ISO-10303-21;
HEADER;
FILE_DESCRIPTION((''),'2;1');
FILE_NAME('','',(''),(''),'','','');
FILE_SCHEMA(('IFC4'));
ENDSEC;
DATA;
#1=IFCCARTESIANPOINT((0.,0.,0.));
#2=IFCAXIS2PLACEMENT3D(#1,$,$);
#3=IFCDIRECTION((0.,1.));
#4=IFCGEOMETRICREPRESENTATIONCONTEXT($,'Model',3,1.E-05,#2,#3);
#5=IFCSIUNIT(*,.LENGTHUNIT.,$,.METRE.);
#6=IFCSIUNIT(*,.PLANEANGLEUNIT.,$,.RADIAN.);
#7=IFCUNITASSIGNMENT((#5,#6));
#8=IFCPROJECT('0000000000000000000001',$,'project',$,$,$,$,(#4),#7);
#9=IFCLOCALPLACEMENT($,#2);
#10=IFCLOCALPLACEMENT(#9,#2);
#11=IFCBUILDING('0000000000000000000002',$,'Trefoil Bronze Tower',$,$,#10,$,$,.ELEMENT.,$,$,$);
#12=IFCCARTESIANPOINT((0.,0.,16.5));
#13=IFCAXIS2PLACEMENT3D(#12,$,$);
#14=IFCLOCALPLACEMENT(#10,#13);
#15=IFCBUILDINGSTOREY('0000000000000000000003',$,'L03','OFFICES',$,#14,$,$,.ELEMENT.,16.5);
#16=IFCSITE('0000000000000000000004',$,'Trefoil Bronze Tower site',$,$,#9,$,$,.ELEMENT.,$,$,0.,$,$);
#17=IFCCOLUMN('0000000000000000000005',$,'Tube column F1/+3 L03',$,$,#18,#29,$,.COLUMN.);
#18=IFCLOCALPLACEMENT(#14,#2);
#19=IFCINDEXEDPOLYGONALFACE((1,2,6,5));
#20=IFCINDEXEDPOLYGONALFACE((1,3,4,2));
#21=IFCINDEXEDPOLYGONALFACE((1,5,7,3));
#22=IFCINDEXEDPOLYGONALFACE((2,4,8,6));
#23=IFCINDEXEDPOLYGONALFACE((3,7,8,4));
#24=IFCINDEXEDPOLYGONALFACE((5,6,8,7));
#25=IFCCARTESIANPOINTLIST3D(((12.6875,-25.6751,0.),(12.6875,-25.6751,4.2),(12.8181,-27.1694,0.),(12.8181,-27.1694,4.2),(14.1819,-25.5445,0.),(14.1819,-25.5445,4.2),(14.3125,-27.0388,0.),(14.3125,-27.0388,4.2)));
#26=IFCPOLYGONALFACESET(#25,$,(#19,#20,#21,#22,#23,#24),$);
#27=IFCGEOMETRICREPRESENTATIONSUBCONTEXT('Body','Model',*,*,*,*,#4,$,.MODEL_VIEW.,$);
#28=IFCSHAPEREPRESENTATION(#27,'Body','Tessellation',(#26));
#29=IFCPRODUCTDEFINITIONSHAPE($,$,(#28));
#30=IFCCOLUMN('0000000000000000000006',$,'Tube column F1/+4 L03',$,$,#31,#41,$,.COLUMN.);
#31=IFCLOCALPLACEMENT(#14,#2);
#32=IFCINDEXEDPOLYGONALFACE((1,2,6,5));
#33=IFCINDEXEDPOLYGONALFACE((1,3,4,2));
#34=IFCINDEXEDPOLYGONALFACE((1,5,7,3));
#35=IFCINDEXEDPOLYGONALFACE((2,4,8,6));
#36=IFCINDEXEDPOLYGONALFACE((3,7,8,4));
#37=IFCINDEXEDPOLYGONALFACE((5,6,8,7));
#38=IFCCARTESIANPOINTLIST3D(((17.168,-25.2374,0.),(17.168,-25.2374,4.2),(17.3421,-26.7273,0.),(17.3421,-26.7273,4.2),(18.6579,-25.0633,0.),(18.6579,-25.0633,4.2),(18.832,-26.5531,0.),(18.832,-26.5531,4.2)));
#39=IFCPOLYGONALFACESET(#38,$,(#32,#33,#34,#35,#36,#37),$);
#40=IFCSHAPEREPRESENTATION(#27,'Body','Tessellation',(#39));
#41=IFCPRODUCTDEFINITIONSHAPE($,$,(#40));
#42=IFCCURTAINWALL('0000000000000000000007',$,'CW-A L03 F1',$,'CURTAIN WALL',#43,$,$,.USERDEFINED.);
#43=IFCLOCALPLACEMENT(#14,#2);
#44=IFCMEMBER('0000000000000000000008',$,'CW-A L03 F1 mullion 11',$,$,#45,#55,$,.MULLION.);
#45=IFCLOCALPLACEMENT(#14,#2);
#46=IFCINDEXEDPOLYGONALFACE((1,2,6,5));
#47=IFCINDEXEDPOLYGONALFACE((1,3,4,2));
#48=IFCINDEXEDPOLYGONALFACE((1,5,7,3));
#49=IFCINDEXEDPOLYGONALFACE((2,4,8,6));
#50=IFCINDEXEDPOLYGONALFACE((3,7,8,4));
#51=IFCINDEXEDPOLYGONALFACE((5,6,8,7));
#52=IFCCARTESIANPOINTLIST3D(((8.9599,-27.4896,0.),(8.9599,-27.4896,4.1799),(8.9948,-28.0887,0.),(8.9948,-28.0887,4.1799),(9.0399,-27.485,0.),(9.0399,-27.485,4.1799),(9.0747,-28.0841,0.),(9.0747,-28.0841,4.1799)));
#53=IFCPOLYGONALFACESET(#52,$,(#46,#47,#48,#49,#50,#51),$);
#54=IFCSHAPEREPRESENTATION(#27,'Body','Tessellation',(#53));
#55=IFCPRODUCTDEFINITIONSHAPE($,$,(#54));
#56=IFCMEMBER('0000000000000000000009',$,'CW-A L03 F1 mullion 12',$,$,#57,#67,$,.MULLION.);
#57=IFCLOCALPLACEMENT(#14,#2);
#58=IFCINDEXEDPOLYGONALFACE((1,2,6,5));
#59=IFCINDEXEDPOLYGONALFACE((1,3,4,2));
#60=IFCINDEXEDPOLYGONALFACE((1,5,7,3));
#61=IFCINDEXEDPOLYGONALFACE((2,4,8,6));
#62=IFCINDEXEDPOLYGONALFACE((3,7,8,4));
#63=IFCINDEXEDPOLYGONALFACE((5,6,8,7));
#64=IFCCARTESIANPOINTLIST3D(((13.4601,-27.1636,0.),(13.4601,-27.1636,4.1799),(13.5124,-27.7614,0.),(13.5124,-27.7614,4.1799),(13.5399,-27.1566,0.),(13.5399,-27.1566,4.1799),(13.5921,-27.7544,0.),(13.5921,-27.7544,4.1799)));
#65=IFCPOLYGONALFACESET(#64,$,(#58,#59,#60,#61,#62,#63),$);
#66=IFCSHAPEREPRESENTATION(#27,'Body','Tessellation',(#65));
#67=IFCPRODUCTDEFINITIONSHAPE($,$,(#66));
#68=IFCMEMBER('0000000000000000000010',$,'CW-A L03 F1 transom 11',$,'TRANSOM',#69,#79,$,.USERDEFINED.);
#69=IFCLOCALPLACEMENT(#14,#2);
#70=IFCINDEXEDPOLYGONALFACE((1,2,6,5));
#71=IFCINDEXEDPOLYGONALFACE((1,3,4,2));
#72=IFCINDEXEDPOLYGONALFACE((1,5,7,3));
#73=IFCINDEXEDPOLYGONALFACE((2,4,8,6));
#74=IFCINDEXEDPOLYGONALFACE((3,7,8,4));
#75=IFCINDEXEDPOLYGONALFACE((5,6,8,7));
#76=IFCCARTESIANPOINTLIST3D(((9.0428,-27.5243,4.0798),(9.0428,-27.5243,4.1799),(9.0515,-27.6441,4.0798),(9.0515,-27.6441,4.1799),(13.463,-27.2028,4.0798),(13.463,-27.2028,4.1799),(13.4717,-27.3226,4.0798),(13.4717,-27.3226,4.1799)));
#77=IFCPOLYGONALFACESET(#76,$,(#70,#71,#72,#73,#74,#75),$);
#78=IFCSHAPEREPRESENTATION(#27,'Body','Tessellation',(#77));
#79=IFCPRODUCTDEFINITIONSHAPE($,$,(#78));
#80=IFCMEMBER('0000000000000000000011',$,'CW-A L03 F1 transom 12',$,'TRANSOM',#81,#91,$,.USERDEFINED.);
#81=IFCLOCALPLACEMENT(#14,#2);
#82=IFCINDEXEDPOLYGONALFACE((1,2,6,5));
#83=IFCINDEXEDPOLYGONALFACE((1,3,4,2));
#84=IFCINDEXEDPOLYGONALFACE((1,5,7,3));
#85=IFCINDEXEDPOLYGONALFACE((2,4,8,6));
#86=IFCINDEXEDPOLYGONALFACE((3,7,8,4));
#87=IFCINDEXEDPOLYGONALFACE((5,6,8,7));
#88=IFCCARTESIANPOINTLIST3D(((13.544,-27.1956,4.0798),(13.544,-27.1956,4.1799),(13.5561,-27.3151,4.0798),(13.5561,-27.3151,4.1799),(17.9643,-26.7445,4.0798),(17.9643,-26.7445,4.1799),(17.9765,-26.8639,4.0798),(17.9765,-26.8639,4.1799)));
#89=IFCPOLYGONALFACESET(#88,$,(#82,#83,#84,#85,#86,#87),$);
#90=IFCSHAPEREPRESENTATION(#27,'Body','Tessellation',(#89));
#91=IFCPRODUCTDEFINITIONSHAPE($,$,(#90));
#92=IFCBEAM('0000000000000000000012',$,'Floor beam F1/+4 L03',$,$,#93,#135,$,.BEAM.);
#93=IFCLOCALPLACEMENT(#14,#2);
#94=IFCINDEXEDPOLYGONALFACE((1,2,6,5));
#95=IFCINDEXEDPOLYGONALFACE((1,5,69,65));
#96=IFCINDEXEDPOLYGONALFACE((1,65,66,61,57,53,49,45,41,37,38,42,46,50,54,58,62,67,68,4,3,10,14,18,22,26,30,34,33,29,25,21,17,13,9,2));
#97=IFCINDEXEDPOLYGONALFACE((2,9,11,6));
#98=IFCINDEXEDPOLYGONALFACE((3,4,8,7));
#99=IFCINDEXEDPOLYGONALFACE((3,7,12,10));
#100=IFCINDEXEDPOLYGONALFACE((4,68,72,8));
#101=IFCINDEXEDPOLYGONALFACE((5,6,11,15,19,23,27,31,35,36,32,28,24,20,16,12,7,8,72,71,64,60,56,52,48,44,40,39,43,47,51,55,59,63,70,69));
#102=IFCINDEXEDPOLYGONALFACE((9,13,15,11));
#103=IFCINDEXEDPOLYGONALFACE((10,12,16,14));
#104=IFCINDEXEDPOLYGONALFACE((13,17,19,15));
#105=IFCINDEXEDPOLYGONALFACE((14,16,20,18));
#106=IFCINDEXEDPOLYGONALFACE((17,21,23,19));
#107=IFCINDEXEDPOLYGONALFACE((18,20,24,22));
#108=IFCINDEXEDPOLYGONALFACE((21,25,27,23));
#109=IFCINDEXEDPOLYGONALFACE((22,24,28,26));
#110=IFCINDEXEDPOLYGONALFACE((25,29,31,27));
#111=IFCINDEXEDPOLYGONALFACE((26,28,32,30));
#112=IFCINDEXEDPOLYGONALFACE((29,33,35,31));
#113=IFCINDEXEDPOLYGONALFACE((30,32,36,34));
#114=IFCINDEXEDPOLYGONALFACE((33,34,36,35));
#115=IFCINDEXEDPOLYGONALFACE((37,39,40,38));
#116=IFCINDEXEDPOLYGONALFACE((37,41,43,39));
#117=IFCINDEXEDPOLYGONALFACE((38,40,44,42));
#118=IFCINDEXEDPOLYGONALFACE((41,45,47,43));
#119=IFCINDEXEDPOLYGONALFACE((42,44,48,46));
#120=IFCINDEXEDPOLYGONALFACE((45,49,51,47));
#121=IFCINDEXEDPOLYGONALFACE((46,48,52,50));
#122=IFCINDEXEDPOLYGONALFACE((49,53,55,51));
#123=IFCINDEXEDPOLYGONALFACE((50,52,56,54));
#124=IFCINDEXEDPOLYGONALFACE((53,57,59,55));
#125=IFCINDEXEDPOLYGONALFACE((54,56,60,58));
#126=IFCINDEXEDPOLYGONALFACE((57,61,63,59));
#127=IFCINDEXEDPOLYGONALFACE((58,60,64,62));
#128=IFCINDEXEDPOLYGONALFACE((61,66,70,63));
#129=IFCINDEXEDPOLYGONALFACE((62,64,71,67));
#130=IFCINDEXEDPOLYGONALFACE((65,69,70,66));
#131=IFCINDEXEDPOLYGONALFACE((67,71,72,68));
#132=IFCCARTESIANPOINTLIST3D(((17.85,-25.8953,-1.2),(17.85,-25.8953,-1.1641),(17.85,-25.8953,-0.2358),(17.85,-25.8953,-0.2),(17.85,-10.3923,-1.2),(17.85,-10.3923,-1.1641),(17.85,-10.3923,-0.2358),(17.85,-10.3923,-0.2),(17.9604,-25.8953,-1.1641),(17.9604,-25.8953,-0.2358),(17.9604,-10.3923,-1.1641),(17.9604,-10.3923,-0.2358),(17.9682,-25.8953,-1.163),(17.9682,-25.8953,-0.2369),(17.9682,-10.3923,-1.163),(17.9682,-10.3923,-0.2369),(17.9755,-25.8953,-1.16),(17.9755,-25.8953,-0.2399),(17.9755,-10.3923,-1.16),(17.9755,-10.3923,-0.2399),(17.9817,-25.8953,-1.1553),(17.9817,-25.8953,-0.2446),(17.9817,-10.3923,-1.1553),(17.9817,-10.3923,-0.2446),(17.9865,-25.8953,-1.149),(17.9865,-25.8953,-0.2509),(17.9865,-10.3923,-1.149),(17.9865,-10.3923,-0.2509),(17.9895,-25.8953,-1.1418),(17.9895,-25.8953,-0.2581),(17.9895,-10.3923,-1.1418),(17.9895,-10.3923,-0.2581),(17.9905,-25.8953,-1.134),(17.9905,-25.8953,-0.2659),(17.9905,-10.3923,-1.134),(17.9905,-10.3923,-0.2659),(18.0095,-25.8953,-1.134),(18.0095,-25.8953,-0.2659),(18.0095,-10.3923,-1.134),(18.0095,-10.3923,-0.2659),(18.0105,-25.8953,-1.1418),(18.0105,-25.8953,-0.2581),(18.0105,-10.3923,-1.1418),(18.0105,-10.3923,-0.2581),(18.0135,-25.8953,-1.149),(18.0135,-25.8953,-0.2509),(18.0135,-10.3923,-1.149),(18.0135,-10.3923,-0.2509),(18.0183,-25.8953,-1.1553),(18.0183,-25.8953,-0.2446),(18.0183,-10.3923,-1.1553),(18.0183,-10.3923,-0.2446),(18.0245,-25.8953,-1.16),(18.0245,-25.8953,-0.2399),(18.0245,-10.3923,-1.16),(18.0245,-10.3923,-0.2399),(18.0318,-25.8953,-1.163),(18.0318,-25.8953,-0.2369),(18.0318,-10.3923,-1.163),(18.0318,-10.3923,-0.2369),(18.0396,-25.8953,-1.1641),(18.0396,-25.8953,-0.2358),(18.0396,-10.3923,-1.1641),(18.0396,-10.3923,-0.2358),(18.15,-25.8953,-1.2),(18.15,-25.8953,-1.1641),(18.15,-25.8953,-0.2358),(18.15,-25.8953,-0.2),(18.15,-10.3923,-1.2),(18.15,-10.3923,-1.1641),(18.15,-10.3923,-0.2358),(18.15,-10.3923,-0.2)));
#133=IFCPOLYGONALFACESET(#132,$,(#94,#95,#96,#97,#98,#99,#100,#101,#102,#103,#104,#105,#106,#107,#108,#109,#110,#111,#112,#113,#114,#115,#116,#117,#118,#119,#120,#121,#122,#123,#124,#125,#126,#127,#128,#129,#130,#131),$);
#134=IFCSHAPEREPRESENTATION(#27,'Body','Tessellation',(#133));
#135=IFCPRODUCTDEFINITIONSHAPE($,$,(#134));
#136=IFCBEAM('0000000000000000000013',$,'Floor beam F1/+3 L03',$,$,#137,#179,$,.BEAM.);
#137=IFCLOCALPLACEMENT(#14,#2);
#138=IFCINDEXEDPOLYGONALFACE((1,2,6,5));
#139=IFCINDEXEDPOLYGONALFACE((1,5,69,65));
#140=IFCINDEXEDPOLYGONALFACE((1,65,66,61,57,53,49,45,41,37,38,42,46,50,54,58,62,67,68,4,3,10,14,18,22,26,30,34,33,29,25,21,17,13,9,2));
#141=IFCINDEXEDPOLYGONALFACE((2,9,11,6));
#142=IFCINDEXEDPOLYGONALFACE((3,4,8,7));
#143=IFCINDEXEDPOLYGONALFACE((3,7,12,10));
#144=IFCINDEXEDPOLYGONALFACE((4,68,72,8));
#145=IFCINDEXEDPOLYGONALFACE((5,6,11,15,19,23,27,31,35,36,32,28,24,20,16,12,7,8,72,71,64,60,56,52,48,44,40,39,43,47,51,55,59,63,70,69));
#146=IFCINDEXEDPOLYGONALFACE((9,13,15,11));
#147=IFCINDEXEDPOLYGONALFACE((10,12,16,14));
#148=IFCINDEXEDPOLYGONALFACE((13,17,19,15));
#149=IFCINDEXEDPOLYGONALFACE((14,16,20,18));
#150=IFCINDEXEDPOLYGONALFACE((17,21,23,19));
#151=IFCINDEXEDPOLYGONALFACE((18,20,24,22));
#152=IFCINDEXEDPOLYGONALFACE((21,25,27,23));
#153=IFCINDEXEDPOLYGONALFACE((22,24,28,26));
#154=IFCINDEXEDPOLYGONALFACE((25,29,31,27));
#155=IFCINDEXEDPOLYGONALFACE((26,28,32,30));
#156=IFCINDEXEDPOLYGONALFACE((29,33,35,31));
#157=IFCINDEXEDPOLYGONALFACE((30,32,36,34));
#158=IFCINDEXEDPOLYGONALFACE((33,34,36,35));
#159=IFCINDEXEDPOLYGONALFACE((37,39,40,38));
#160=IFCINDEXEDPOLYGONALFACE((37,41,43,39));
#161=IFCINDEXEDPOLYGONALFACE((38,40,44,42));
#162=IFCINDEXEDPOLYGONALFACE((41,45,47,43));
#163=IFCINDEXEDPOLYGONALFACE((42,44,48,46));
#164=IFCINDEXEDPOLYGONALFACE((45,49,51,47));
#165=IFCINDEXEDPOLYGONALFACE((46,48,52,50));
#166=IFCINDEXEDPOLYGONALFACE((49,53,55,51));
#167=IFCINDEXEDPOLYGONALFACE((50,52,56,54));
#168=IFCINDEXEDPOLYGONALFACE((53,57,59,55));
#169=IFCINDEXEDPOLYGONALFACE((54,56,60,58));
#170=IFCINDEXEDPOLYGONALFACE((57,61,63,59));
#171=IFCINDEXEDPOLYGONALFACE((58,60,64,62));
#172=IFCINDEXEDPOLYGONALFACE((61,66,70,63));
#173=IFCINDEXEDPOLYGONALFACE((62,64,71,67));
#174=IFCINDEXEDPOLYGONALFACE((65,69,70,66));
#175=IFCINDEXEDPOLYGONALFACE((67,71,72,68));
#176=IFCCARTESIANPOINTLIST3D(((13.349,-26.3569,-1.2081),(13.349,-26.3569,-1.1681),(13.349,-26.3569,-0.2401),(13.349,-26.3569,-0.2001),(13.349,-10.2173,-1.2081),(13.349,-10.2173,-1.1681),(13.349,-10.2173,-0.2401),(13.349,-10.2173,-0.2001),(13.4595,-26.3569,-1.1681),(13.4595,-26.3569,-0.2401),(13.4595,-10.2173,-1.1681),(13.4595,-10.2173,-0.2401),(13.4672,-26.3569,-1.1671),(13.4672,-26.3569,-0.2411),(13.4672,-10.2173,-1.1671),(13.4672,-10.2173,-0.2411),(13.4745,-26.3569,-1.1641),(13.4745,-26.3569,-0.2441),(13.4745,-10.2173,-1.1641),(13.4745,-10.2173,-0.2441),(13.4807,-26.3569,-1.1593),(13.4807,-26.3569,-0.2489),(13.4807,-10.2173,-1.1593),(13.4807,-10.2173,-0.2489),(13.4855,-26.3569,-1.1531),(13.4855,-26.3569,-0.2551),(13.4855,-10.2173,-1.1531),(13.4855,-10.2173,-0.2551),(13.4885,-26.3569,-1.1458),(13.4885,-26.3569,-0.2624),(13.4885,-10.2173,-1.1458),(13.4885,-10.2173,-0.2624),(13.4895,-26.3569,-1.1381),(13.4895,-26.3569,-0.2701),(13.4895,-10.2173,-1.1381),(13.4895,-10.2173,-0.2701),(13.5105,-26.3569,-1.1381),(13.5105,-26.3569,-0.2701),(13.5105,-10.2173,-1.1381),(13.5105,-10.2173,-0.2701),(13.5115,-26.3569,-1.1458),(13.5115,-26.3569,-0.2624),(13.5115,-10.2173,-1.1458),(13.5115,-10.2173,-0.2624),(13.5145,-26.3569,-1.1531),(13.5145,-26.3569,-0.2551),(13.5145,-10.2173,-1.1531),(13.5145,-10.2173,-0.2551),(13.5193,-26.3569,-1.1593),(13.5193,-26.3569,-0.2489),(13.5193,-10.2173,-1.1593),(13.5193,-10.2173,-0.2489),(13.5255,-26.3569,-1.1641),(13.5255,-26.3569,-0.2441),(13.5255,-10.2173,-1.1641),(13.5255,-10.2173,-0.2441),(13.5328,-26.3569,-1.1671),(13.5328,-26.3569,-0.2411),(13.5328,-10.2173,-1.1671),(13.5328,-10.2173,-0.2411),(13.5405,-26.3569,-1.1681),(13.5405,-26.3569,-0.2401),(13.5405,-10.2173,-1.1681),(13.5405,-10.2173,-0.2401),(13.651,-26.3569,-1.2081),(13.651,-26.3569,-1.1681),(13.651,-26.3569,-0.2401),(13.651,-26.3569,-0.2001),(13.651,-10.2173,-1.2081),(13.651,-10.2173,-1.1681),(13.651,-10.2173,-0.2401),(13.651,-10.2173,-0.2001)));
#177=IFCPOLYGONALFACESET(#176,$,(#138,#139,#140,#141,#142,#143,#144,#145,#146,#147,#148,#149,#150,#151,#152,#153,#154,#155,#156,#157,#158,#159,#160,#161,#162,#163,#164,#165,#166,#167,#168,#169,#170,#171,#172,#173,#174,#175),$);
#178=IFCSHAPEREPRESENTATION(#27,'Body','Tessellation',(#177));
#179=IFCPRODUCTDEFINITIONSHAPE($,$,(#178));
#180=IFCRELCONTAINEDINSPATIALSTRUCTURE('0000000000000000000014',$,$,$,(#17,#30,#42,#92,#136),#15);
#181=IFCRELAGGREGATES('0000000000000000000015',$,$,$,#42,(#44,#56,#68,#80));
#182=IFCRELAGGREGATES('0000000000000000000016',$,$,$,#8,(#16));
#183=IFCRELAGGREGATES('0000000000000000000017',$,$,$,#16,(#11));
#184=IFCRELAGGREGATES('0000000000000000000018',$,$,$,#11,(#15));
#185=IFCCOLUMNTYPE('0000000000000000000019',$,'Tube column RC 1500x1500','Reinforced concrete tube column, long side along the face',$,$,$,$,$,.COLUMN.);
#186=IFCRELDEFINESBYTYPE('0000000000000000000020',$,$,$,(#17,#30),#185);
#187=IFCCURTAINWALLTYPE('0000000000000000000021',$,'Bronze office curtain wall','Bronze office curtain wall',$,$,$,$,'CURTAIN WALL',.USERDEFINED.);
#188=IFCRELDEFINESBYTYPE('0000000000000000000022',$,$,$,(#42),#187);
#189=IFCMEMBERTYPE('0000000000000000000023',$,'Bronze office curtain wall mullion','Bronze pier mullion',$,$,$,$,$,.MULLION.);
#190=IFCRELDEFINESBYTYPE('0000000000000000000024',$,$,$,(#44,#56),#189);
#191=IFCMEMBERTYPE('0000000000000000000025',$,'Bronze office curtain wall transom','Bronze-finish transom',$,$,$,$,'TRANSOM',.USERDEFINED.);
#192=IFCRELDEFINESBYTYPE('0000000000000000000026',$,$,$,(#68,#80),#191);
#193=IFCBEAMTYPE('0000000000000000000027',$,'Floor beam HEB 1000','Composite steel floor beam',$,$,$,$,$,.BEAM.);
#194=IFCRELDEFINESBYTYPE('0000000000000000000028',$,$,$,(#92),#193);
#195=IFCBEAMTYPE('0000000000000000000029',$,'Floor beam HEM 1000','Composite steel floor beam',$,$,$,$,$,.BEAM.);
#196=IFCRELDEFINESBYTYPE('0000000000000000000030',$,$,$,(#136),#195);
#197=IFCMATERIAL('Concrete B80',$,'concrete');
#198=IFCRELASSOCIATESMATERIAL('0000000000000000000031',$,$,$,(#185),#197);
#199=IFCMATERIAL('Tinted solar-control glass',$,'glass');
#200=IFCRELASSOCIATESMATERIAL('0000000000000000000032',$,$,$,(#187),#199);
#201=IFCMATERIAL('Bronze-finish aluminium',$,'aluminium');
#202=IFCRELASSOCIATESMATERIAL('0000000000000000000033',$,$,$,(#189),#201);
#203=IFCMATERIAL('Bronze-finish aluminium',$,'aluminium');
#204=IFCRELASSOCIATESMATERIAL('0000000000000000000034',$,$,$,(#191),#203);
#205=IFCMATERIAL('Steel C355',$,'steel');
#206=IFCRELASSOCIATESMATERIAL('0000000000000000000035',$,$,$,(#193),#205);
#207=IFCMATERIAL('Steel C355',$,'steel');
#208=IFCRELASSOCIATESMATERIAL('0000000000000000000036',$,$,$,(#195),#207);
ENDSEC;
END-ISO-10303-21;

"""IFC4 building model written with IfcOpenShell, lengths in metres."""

from ifc_helpers import new_model, si_unit, direction, frame, origin, origin_2d, place, context, subcontext, project, spatial, rectangle, i_section, extrude, material, material_profile, profile_set, type_object, element, aggregate, save


model = new_model("IFC4")

# Units and contexts
model_context = context("Model", 3, precision=1e-05, world=origin(), true_north=direction((0.0, 1.0)))
body_context = subcontext(model_context, "Body", "Model", "MODEL_VIEW")
ifc_project = project(units=[si_unit("LENGTHUNIT", "METRE"), si_unit("PLANEANGLEUNIT", "RADIAN")], contexts=[model_context])

# Site, building, storey
site_placement = place(None, origin())
site = spatial("IfcSite", under=ifc_project, at=site_placement, Name="Trefoil Bronze Tower site", CompositionType="ELEMENT", RefElevation=0.0)
building_placement = place(site_placement, origin())
building = spatial("IfcBuilding", under=site, at=building_placement, Name="Trefoil Bronze Tower", CompositionType="ELEMENT")
storey_placement = place(building_placement, frame((0.0, 0.0, 16.5)))
storey = spatial("IfcBuildingStorey", under=building, at=storey_placement, Name="L03", Description="OFFICES", CompositionType="ELEMENT", Elevation=16.5)

# Columns
ifc_material_1 = material(Name="Concrete B80", Category="concrete")
ifc_material_profile_1 = material_profile(ifc_material_1, rectangle(XDim=1.5, YDim=1.5, at=origin_2d()), Name="RC 1500x1500")
ifc_profile_set_1 = profile_set([ifc_material_profile_1], Name="Concrete B80")
column_type = type_object("IfcColumnType", Name="Tube column RC 1500x1500", Description="Reinforced concrete tube column, long side along the face", PredefinedType="COLUMN", material=ifc_profile_set_1)
for number, where, z_axis, x_axis, name in (
    (1, (13.5, -26.3569, 0.0), (0.0, 0.0, 1.0), (0.996203, 0.087065, 0.0), "Tube column F1/+3 L03"),
    (2, (18.0, -25.8953, 0.0), (0.0, 0.0, 1.0), (0.993239, 0.116087, 0.0), "Tube column F1/+4 L03"),
):
    element("IfcColumn", number, at=place(storey_placement, frame(where, z_axis=z_axis, x_axis=x_axis)), inside=storey, type_object=column_type, Name=name, PredefinedType="COLUMN", context=body_context, shape_type="SweptSolid", body=[
        extrude(rectangle(XDim=1.5, YDim=1.5, at=origin_2d()), origin(), (0.0, 0.0, 1.0), 4.2),
    ])

# Curtain wall, members
ifc_material_2 = material(Name="Tinted solar-control glass", Category="glass")
curtain_wall_type = type_object("IfcCurtainWallType", Name="Bronze office curtain wall", Description="Bronze office curtain wall", ElementType="CURTAIN WALL", PredefinedType="USERDEFINED", material=ifc_material_2)
curtain_wall_placement = place(storey_placement, origin())
curtain_wall = element("IfcCurtainWall", 3, at=curtain_wall_placement, inside=storey, type_object=curtain_wall_type, Name="CW-A L03 F1", ObjectType="CURTAIN WALL", PredefinedType="USERDEFINED")
ifc_material_3 = material(Name="Bronze-finish aluminium", Category="aluminium")
ifc_material_profile_2 = material_profile(ifc_material_3, rectangle(XDim=0.6001, YDim=0.0801, at=origin_2d()), Name="CW-A mullion")
ifc_profile_set_2 = profile_set([ifc_material_profile_2], Name="Bronze-finish aluminium")
member_type_1 = type_object("IfcMemberType", Name="Bronze office curtain wall mullion", Description="Bronze pier mullion", PredefinedType="MULLION", material=ifc_profile_set_2)
member_1_placement = place(storey_placement, frame((9.0173, -27.7869, 0.0), z_axis=(0.0, 0.0, 1.0), x_axis=(-0.058043, 0.998314, 0.0)))
member_1 = element("IfcMember", 4, at=member_1_placement, type_object=member_type_1, Name="CW-A L03 F1 mullion 11", PredefinedType="MULLION", context=body_context, shape_type="SweptSolid", body=[
    extrude(rectangle(XDim=0.6001, YDim=0.0801, at=origin_2d()), origin(), (0.0, 0.0, 1.0), 4.1799),
])
member_2_placement = place(storey_placement, frame((13.5261, -27.459, 0.0), z_axis=(0.0, 0.0, 1.0), x_axis=(-0.087065, 0.996203, 0.0)))
member_2 = element("IfcMember", 5, at=member_2_placement, type_object=member_type_1, Name="CW-A L03 F1 mullion 12", PredefinedType="MULLION", context=body_context, shape_type="SweptSolid", body=[
    extrude(rectangle(XDim=0.6001, YDim=0.0801, at=origin_2d()), origin(), (0.0, 0.0, 1.0), 4.1799),
])
ifc_material_4 = material(Name="Bronze-finish aluminium", Category="aluminium")
ifc_material_profile_3 = material_profile(ifc_material_4, rectangle(XDim=0.1201, YDim=0.1001, at=origin_2d()), Name="CW-A transom")
ifc_profile_set_3 = profile_set([ifc_material_profile_3], Name="Bronze-finish aluminium")
member_type_2 = type_object("IfcMemberType", Name="Bronze office curtain wall transom", Description="Bronze-finish transom", ElementType="TRANSOM", PredefinedType="USERDEFINED", material=ifc_profile_set_3)
member_3_placement = place(storey_placement, frame((9.0471, -27.5842, 4.1299), z_axis=(0.997365, 0.072551, 0.0), x_axis=(-0.072551, 0.997365, 0.0)))
member_3 = element("IfcMember", 6, at=member_3_placement, type_object=member_type_2, Name="CW-A L03 F1 transom 11", ObjectType="TRANSOM", PredefinedType="USERDEFINED", context=body_context, shape_type="SweptSolid", body=[
    extrude(rectangle(XDim=0.1201, YDim=0.1001, at=origin_2d()), origin(), (0.0, 0.0, 1.0), 4.4319),
])
member_4_placement = place(storey_placement, frame((13.55, -27.2554, 4.1299), z_axis=(0.994832, 0.101538, 0.0), x_axis=(-0.101538, 0.994832, 0.0)))
member_4 = element("IfcMember", 7, at=member_4_placement, type_object=member_type_2, Name="CW-A L03 F1 transom 12", ObjectType="TRANSOM", PredefinedType="USERDEFINED", context=body_context, shape_type="SweptSolid", body=[
    extrude(rectangle(XDim=0.1201, YDim=0.1001, at=origin_2d()), origin(), (0.0, 0.0, 1.0), 4.4434),
])

# Beams
ifc_material_5 = material(Name="Steel C355", Category="steel")
ifc_material_profile_4 = material_profile(ifc_material_5, i_section(OverallWidth=0.3, OverallDepth=1.0, WebThickness=0.019, FlangeThickness=0.0359, FilletRadius=0.03, at=origin_2d()), Name="HEB 1000")
ifc_profile_set_4 = profile_set([ifc_material_profile_4], Name="Steel C355")
beam_type_1 = type_object("IfcBeamType", Name="Floor beam HEB 1000", Description="Composite steel floor beam", PredefinedType="BEAM", material=ifc_profile_set_4)
beam_1_placement = place(storey_placement, frame((18.0, -25.8953, -0.7), z_axis=(0.0, 1.0, 0.0), x_axis=(-1.0, 0.0, 0.0)))
element("IfcBeam", 8, at=beam_1_placement, inside=storey, type_object=beam_type_1, Name="Floor beam F1/+4 L03", PredefinedType="BEAM", context=body_context, shape_type="SweptSolid", body=[
    extrude(i_section(OverallWidth=0.3, OverallDepth=1.0, WebThickness=0.019, FlangeThickness=0.0359, FilletRadius=0.03, at=origin_2d()), origin(), (0.0, 0.0, 1.0), 15.5029),
])
ifc_material_6 = material(Name="Steel C355", Category="steel")
ifc_material_profile_5 = material_profile(ifc_material_6, i_section(OverallWidth=0.302, OverallDepth=1.0081, WebThickness=0.021, FlangeThickness=0.04, FilletRadius=0.03, at=origin_2d()), Name="HEM 1000")
ifc_profile_set_5 = profile_set([ifc_material_profile_5], Name="Steel C355")
beam_type_2 = type_object("IfcBeamType", Name="Floor beam HEM 1000", Description="Composite steel floor beam", PredefinedType="BEAM", material=ifc_profile_set_5)
beam_2_placement = place(storey_placement, frame((13.5, -26.3569, -0.7041), z_axis=(0.0, 1.0, 0.0), x_axis=(-1.0, 0.0, 0.0)))
element("IfcBeam", 9, at=beam_2_placement, inside=storey, type_object=beam_type_2, Name="Floor beam F1/+3 L03", PredefinedType="BEAM", context=body_context, shape_type="SweptSolid", body=[
    extrude(i_section(OverallWidth=0.302, OverallDepth=1.0081, WebThickness=0.021, FlangeThickness=0.04, FilletRadius=0.03, at=origin_2d()), origin(), (0.0, 0.0, 1.0), 16.1396),
])

aggregate(curtain_wall, [member_1, member_2, member_3, member_4])

save(model, "model.ifc")
